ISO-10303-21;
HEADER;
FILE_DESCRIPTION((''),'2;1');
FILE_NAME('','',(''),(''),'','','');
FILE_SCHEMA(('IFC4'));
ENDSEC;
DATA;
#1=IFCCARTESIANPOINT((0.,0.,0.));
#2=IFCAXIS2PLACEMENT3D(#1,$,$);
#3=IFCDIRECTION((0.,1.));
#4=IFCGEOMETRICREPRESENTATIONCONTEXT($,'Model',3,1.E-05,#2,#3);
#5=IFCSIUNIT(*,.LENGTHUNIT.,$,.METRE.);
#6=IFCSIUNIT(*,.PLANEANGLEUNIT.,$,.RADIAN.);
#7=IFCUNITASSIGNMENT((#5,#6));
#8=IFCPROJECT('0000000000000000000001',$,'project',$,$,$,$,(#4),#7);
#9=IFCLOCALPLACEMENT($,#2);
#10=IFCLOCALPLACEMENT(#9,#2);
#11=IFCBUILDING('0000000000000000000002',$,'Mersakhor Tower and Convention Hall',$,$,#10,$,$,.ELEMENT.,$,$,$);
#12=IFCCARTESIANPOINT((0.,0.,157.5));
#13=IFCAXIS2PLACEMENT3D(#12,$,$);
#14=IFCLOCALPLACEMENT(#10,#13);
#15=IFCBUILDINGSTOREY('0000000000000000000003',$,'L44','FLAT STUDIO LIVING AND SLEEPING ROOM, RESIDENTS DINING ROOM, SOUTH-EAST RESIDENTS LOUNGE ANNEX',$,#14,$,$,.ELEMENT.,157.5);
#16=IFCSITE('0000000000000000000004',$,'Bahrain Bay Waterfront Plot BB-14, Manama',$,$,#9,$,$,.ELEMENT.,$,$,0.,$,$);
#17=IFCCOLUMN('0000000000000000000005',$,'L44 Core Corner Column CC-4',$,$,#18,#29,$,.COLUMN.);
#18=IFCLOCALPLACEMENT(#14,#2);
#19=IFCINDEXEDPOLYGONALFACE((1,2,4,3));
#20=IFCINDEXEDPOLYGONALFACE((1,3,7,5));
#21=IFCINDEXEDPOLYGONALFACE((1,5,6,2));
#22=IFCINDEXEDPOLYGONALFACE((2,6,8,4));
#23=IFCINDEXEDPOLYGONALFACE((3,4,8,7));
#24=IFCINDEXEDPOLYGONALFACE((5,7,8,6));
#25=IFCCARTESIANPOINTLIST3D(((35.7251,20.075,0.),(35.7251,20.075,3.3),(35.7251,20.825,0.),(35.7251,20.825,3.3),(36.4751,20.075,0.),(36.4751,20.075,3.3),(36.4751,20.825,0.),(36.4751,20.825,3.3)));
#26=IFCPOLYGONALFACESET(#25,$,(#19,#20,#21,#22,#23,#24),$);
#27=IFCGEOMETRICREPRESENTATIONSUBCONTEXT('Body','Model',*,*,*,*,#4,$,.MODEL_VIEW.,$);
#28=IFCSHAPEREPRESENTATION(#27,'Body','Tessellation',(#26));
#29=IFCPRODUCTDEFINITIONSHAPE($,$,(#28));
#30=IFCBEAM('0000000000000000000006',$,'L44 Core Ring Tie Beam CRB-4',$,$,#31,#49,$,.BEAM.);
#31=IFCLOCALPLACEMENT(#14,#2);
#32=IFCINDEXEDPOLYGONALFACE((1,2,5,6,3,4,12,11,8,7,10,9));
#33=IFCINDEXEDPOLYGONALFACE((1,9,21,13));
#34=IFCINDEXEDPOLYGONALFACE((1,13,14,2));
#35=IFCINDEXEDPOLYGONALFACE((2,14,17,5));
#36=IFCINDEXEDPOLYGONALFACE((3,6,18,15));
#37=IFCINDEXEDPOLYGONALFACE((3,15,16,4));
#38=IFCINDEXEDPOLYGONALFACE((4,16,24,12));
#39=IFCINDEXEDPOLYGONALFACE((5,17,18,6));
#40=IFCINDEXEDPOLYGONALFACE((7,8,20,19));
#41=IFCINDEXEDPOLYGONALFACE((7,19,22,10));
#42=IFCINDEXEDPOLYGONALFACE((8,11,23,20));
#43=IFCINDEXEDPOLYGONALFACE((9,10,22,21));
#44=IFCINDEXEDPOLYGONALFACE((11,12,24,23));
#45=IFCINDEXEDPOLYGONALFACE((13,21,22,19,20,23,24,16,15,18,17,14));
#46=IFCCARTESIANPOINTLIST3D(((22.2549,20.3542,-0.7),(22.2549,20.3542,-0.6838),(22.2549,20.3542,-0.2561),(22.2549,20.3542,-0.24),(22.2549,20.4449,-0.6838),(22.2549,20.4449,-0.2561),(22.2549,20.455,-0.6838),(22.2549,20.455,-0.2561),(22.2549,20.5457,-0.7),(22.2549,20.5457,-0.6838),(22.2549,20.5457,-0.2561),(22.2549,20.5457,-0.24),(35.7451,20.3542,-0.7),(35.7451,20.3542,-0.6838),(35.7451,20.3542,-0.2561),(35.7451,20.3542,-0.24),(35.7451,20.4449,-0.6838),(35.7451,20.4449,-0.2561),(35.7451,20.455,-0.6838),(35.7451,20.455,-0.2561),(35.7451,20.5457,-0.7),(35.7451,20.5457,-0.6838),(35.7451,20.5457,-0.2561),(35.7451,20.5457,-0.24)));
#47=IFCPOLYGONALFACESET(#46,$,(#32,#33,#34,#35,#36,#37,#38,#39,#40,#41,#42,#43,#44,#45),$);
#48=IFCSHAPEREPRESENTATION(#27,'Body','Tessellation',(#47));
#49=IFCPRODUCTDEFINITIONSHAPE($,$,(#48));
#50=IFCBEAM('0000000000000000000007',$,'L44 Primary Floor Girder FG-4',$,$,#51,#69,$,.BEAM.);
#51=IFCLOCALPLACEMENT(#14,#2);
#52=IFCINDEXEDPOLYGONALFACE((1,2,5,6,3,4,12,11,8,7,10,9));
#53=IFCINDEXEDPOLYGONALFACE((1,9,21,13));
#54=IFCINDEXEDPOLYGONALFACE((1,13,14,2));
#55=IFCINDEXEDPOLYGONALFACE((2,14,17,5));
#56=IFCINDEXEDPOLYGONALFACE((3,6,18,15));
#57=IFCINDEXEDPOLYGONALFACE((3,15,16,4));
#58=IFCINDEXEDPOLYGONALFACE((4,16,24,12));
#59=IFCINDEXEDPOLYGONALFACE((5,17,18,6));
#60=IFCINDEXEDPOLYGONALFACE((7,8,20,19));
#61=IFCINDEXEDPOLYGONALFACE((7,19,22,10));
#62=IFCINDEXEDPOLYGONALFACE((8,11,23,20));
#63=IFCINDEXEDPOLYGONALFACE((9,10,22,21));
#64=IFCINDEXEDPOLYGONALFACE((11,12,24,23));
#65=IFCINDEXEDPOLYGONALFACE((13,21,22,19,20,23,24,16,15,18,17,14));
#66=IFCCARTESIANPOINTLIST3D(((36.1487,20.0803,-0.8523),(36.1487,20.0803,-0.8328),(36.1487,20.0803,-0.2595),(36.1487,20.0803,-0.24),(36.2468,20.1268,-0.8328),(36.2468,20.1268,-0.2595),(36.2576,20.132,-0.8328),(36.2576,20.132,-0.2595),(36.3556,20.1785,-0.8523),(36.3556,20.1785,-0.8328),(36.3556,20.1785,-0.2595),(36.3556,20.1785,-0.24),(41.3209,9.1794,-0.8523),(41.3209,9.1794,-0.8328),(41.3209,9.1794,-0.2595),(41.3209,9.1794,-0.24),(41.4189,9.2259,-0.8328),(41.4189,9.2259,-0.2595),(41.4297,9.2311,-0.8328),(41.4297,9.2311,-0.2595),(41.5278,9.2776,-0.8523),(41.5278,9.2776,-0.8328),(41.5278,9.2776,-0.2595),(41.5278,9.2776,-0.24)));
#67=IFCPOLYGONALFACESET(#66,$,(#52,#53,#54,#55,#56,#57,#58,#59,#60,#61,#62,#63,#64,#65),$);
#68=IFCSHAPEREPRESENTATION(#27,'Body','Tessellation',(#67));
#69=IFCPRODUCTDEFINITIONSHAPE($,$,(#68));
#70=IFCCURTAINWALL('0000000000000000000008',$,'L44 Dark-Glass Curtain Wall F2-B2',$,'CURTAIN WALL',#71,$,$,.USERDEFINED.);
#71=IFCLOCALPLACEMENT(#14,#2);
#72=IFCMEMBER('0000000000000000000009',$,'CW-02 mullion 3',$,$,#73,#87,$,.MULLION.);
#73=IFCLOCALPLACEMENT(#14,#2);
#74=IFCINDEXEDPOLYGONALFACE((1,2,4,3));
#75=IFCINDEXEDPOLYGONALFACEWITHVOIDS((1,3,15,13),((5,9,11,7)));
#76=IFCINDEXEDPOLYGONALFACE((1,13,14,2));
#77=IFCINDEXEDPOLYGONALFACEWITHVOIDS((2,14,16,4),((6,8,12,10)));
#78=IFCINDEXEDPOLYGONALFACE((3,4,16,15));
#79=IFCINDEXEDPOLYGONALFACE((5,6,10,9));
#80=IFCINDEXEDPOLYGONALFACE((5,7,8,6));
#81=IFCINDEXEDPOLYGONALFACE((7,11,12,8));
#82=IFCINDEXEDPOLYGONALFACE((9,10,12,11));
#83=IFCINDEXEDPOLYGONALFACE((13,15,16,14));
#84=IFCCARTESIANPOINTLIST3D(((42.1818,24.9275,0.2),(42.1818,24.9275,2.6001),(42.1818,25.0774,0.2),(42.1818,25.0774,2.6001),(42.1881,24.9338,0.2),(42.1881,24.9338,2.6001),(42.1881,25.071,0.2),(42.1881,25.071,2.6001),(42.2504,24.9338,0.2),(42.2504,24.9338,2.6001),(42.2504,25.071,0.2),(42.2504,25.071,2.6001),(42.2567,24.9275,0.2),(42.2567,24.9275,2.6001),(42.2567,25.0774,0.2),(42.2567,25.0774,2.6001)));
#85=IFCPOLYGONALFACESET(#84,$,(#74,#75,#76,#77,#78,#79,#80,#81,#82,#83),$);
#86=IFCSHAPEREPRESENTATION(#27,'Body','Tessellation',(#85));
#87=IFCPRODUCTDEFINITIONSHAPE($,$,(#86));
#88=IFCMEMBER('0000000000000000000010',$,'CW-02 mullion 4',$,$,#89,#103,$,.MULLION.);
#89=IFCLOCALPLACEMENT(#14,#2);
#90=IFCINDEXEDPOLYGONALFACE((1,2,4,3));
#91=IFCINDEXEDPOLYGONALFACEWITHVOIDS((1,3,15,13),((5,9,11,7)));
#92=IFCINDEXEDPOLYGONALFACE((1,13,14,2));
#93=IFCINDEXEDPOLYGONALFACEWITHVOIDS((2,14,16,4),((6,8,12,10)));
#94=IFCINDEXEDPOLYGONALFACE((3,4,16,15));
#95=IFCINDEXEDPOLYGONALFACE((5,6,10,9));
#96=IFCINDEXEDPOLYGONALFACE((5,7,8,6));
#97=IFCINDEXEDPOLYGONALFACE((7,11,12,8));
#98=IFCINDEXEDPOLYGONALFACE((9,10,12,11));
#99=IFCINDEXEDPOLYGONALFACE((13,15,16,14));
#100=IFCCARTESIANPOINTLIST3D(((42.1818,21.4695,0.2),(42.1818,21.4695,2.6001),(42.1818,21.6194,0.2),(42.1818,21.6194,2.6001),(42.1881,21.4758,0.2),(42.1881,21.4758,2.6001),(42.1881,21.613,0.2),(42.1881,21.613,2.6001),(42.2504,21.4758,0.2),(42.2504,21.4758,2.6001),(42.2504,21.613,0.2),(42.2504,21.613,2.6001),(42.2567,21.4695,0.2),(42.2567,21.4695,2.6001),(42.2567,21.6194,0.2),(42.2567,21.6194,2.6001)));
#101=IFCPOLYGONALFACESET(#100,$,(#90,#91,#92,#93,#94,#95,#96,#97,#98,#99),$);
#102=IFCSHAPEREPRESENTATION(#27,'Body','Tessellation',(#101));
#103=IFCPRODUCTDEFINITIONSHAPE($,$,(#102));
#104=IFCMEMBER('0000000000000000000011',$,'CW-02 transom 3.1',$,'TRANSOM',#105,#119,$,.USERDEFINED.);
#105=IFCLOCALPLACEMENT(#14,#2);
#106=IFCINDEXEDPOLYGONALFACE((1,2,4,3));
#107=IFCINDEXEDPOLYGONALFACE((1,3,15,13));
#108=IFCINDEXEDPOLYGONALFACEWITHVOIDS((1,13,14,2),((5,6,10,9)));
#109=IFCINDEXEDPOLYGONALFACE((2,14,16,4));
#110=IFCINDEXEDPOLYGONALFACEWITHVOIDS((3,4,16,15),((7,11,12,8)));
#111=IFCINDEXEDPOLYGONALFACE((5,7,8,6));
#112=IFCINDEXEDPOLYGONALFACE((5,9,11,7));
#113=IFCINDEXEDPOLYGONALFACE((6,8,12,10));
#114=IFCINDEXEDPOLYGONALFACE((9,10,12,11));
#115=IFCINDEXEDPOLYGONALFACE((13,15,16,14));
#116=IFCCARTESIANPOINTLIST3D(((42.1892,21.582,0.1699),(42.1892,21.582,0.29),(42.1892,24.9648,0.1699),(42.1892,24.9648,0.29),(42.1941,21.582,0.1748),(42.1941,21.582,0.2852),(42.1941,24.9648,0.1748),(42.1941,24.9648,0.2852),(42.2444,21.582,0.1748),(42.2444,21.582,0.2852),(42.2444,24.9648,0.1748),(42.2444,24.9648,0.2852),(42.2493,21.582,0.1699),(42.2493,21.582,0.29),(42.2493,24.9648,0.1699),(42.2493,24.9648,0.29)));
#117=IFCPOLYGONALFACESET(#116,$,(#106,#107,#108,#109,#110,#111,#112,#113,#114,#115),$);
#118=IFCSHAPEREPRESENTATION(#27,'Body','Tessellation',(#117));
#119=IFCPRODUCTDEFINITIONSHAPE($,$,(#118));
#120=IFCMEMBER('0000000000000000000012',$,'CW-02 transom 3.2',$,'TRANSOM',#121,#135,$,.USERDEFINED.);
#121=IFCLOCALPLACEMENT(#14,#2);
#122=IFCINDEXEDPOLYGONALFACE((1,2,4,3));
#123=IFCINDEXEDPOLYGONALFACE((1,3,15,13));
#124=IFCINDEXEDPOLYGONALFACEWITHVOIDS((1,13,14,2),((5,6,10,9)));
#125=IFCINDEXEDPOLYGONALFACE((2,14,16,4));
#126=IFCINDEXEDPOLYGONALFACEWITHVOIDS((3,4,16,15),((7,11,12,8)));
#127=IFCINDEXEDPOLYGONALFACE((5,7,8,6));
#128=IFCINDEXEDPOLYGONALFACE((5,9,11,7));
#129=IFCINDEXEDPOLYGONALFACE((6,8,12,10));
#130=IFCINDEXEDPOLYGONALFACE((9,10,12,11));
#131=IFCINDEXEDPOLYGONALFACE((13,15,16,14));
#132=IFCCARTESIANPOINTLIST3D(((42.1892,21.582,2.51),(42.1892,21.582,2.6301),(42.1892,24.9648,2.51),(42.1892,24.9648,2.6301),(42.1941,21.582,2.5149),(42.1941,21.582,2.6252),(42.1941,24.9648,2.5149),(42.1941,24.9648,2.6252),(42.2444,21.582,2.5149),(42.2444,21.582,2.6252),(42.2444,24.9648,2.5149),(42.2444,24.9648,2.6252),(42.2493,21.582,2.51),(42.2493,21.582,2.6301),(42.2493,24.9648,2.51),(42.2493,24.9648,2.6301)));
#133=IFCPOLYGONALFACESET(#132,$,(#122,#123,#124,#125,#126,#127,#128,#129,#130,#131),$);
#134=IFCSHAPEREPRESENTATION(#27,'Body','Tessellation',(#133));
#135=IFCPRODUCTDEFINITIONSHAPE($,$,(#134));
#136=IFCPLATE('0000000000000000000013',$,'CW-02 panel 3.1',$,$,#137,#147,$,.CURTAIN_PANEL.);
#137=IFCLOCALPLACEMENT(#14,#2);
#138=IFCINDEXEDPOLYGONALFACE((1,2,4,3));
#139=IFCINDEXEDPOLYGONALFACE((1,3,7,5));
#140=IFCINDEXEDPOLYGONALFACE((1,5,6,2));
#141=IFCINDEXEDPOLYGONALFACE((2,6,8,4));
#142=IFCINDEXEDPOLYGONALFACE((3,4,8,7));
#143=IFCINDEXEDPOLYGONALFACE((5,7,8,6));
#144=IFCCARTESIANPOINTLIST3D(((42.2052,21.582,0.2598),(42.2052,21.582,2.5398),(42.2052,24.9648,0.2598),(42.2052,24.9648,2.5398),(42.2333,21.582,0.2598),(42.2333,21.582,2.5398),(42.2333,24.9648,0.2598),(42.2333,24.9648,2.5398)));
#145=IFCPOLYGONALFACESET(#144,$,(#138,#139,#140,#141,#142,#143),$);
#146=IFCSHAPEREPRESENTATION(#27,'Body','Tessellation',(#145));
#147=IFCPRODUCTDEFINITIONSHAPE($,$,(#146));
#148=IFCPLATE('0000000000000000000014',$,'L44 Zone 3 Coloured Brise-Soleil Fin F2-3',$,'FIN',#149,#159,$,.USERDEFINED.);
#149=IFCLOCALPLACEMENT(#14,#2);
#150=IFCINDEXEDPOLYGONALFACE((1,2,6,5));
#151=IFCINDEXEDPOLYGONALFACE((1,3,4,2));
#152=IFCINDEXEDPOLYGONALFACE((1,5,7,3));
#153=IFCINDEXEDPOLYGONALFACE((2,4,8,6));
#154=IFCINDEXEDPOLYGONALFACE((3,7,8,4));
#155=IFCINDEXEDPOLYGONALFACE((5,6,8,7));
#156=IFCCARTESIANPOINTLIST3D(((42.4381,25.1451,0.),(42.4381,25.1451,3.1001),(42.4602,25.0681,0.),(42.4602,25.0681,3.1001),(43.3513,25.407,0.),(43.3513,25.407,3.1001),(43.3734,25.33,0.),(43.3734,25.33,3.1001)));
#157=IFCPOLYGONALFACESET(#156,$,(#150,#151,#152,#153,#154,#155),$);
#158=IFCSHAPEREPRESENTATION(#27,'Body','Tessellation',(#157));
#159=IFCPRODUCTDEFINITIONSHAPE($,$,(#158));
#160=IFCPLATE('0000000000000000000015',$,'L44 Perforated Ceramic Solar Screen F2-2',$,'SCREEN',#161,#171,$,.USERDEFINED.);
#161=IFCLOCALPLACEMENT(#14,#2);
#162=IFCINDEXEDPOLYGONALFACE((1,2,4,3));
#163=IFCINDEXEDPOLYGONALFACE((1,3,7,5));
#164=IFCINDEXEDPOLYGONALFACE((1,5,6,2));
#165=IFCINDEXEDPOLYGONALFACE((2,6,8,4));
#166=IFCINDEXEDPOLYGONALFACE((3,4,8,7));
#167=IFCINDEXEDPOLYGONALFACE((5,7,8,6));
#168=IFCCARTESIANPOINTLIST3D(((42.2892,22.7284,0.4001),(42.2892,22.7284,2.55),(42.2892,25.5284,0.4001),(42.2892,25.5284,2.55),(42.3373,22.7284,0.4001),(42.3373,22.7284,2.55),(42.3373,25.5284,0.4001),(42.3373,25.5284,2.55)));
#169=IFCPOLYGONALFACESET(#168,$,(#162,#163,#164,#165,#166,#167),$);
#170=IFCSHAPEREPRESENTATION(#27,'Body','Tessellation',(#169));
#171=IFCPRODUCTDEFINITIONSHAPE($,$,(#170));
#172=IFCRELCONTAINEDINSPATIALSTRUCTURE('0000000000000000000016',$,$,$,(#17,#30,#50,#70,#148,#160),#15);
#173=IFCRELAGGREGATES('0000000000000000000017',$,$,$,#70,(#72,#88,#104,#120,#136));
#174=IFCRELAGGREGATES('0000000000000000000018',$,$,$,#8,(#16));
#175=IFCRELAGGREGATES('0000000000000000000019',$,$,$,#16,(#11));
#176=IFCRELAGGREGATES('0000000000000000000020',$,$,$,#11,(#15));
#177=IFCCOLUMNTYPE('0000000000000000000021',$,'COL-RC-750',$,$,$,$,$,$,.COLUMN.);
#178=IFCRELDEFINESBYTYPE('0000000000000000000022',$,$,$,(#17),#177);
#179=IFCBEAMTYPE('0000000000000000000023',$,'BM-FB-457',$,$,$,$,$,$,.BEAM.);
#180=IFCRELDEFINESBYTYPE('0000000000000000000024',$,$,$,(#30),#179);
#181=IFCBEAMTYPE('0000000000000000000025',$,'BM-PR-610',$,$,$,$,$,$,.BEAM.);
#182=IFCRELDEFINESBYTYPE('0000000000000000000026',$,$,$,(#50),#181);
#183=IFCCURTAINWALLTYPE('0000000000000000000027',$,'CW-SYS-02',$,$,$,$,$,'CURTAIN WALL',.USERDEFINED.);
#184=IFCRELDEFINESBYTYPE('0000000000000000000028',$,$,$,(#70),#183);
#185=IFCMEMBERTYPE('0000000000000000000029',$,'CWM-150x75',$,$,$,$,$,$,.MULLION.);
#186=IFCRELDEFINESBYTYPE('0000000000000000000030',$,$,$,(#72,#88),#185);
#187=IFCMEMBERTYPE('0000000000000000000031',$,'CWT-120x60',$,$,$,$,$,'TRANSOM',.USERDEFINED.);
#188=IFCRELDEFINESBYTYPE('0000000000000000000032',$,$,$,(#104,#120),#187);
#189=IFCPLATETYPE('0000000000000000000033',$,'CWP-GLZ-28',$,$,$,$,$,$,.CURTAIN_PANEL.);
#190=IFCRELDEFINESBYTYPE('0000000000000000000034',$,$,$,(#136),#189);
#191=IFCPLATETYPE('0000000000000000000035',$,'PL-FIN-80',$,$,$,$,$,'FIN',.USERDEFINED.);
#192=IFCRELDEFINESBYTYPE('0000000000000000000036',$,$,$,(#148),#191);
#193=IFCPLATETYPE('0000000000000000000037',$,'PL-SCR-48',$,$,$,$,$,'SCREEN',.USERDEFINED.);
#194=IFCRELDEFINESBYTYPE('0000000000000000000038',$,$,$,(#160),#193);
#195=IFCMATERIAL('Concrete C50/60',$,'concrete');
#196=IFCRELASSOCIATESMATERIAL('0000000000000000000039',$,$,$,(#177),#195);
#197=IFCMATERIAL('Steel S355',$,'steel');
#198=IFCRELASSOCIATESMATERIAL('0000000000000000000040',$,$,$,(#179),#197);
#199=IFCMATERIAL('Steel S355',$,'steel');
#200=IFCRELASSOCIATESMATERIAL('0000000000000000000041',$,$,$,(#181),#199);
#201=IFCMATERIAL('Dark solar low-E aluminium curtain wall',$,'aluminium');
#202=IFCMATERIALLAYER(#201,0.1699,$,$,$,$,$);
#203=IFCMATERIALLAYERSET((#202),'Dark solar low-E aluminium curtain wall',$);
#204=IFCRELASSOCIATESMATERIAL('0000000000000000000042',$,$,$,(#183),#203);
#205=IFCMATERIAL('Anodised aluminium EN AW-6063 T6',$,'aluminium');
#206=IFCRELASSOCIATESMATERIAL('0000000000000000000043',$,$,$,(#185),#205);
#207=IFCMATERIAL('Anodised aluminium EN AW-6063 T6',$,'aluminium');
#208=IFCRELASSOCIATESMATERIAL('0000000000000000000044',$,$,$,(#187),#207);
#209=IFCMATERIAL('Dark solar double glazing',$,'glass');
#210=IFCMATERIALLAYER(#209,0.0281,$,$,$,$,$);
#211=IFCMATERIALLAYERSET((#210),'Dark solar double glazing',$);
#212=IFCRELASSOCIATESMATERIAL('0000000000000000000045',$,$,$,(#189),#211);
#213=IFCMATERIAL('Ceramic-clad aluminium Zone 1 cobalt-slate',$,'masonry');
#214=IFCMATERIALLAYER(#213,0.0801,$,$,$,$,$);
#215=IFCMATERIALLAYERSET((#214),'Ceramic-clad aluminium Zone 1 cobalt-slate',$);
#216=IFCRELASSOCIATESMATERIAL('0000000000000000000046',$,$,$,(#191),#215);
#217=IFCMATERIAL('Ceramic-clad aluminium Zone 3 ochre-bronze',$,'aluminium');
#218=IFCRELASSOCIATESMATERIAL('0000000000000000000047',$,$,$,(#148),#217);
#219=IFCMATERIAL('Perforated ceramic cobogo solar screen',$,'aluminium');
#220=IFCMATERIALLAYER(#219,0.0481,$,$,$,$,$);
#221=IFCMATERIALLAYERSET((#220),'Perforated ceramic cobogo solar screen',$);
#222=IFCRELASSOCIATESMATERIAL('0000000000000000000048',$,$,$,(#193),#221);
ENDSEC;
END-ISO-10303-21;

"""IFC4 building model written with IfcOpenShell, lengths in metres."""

from ifc_helpers import new_model, si_unit, direction, frame, origin, origin_2d, place, context, subcontext, project, spatial, rectangle, hollow_rectangle, i_section, extrude, material, layer, layer_set, material_profile, profile_set, type_object, element, aggregate, save


model = new_model("IFC4")

# Units and contexts
model_context = context("Model", 3, precision=1e-05, world=origin(), true_north=direction((0.0, 1.0)))
body_context = subcontext(model_context, "Body", "Model", "MODEL_VIEW")
ifc_project = project(units=[si_unit("LENGTHUNIT", "METRE"), si_unit("PLANEANGLEUNIT", "RADIAN")], contexts=[model_context])

# Site, building, storey
site_placement = place(None, origin())
site = spatial("IfcSite", under=ifc_project, at=site_placement, Name="Bahrain Bay Waterfront Plot BB-14, Manama", CompositionType="ELEMENT", RefElevation=0.0)
building_placement = place(site_placement, origin())
building = spatial("IfcBuilding", under=site, at=building_placement, Name="Mersakhor Tower and Convention Hall", CompositionType="ELEMENT")
storey_placement = place(building_placement, frame((0.0, 0.0, 157.5)))
storey = spatial("IfcBuildingStorey", under=building, at=storey_placement, Name="L44", Description="FLAT STUDIO LIVING AND SLEEPING ROOM, RESIDENTS DINING ROOM, SOUTH-EAST RESIDENTS LOUNGE ANNEX", CompositionType="ELEMENT", Elevation=157.5)

# Column
ifc_material_1 = material(Name="Concrete C50/60", Category="concrete")
ifc_material_profile_1 = material_profile(ifc_material_1, rectangle(XDim=0.75, YDim=0.75, at=origin_2d()), Name="RC 750x750")
ifc_profile_set_1 = profile_set([ifc_material_profile_1], Name="Concrete C50/60")
column_type = type_object("IfcColumnType", Name="COL-RC-750", PredefinedType="COLUMN", material=ifc_profile_set_1)
column_placement = place(storey_placement, frame((36.1001, 20.45, 0.0), z_axis=(0.0, 0.0, 1.0), x_axis=(1.0, 0.0, 0.0)))
element("IfcColumn", 1, at=column_placement, inside=storey, type_object=column_type, Name="L44 Core Corner Column CC-4", PredefinedType="COLUMN", context=body_context, shape_type="SweptSolid", body=[
    extrude(rectangle(XDim=0.75, YDim=0.75, at=origin_2d()), origin(), (0.0, 0.0, 1.0), 3.3),
])

# Beams
ifc_material_2 = material(Name="Steel S355", Category="steel")
ifc_material_profile_2 = material_profile(ifc_material_2, i_section(OverallWidth=0.1914, OverallDepth=0.46, WebThickness=0.01, FlangeThickness=0.0161, at=origin_2d()), Name="UB 457x191x82")
ifc_profile_set_2 = profile_set([ifc_material_profile_2], Name="Steel S355")
beam_type_1 = type_object("IfcBeamType", Name="BM-FB-457", PredefinedType="BEAM", material=ifc_profile_set_2)
beam_1_placement = place(storey_placement, frame((35.7451, 20.45, -0.47), z_axis=(-1.0, 0.0, 0.0), x_axis=(0.0, -1.0, 0.0)))
element("IfcBeam", 2, at=beam_1_placement, inside=storey, type_object=beam_type_1, Name="L44 Core Ring Tie Beam CRB-4", PredefinedType="BEAM", context=body_context, shape_type="SweptSolid", body=[
    extrude(i_section(OverallWidth=0.1914, OverallDepth=0.46, WebThickness=0.01, FlangeThickness=0.0161, at=origin_2d()), origin(), (0.0, 0.0, 1.0), 13.4902),
])
ifc_material_3 = material(Name="Steel S355", Category="steel")
ifc_material_profile_3 = material_profile(ifc_material_3, i_section(OverallWidth=0.229, OverallDepth=0.6123, WebThickness=0.012, FlangeThickness=0.0195, at=origin_2d()), Name="UB 610x229x125")
ifc_profile_set_3 = profile_set([ifc_material_profile_3], Name="Steel S355")
beam_type_2 = type_object("IfcBeamType", Name="BM-PR-610", PredefinedType="BEAM", material=ifc_profile_set_3)
beam_2_placement = place(storey_placement, frame((36.2522, 20.1294, -0.5461), z_axis=(0.428665, -0.903464, 0.0), x_axis=(0.903464, 0.428665, 0.0)))
element("IfcBeam", 3, at=beam_2_placement, inside=storey, type_object=beam_type_2, Name="L44 Primary Floor Girder FG-4", PredefinedType="BEAM", context=body_context, shape_type="SweptSolid", body=[
    extrude(i_section(OverallWidth=0.229, OverallDepth=0.6123, WebThickness=0.012, FlangeThickness=0.0195, at=origin_2d()), origin(), (0.0, 0.0, 1.0), 12.0657),
])

# Curtain wall, members, plate
ifc_material_4 = material(Name="Dark solar low-E aluminium curtain wall", Category="aluminium")
ifc_layer_1 = layer(ifc_material_4, 0.1699)
ifc_layer_set_1 = layer_set([ifc_layer_1], Name="Dark solar low-E aluminium curtain wall")
curtain_wall_type = type_object("IfcCurtainWallType", Name="CW-SYS-02", ElementType="CURTAIN WALL", PredefinedType="USERDEFINED", material=ifc_layer_set_1)
curtain_wall_placement = place(storey_placement, origin())
curtain_wall = element("IfcCurtainWall", 4, at=curtain_wall_placement, inside=storey, type_object=curtain_wall_type, Name="L44 Dark-Glass Curtain Wall F2-B2", ObjectType="CURTAIN WALL", PredefinedType="USERDEFINED")
ifc_material_5 = material(Name="Anodised aluminium EN AW-6063 T6", Category="aluminium")
ifc_material_profile_4 = material_profile(ifc_material_5, hollow_rectangle(XDim=0.075, YDim=0.1499, WallThickness=0.0063, at=origin_2d()), Name="RHS 150x75x6.3")
ifc_profile_set_4 = profile_set([ifc_material_profile_4], Name="Anodised aluminium EN AW-6063 T6")
member_type_1 = type_object("IfcMemberType", Name="CWM-150x75", PredefinedType="MULLION", material=ifc_profile_set_4)
member_1_placement = place(storey_placement, frame((42.2192, 25.0024, 0.2), z_axis=(0.0, 0.0, 1.0), x_axis=(1.0, 0.0, 0.0)))
member_1 = element("IfcMember", 5, at=member_1_placement, type_object=member_type_1, Name="CW-02 mullion 3", PredefinedType="MULLION", context=body_context, shape_type="SweptSolid", body=[
    extrude(hollow_rectangle(XDim=0.075, YDim=0.1499, WallThickness=0.0063, at=origin_2d()), origin(), (0.0, 0.0, 1.0), 2.4001),
])
member_2_placement = place(storey_placement, frame((42.2192, 21.5444, 0.2), z_axis=(0.0, 0.0, 1.0), x_axis=(1.0, 0.0, 0.0)))
member_2 = element("IfcMember", 6, at=member_2_placement, type_object=member_type_1, Name="CW-02 mullion 4", PredefinedType="MULLION", context=body_context, shape_type="SweptSolid", body=[
    extrude(hollow_rectangle(XDim=0.075, YDim=0.1499, WallThickness=0.0063, at=origin_2d()), origin(), (0.0, 0.0, 1.0), 2.4001),
])
ifc_material_6 = material(Name="Anodised aluminium EN AW-6063 T6", Category="aluminium")
ifc_material_profile_5 = material_profile(ifc_material_6, hollow_rectangle(XDim=0.0601, YDim=0.1201, WallThickness=0.0049, at=origin_2d()), Name="RHS 120x60x5")
ifc_profile_set_5 = profile_set([ifc_material_profile_5], Name="Anodised aluminium EN AW-6063 T6")
member_type_2 = type_object("IfcMemberType", Name="CWT-120x60", ElementType="TRANSOM", PredefinedType="USERDEFINED", material=ifc_profile_set_5)
member_3_placement = place(storey_placement, frame((42.2192, 24.9648, 0.23), z_axis=(0.0, -1.0, 0.0), x_axis=(1.0, 0.0, 0.0)))
member_3 = element("IfcMember", 7, at=member_3_placement, type_object=member_type_2, Name="CW-02 transom 3.1", ObjectType="TRANSOM", PredefinedType="USERDEFINED", context=body_context, shape_type="SweptSolid", body=[
    extrude(hollow_rectangle(XDim=0.0601, YDim=0.1201, WallThickness=0.0049, at=origin_2d()), origin(), (0.0, 0.0, 1.0), 3.3828),
])
member_4_placement = place(storey_placement, frame((42.2192, 24.9648, 2.5701), z_axis=(0.0, -1.0, 0.0), x_axis=(1.0, 0.0, 0.0)))
member_4 = element("IfcMember", 8, at=member_4_placement, type_object=member_type_2, Name="CW-02 transom 3.2", ObjectType="TRANSOM", PredefinedType="USERDEFINED", context=body_context, shape_type="SweptSolid", body=[
    extrude(hollow_rectangle(XDim=0.0601, YDim=0.1201, WallThickness=0.0049, at=origin_2d()), origin(), (0.0, 0.0, 1.0), 3.3828),
])
ifc_material_7 = material(Name="Dark solar double glazing", Category="glass")
ifc_layer_2 = layer(ifc_material_7, 0.0281)
ifc_layer_set_2 = layer_set([ifc_layer_2], Name="Dark solar double glazing")
plate_type_1 = type_object("IfcPlateType", Name="CWP-GLZ-28", PredefinedType="CURTAIN_PANEL", material=ifc_layer_set_2)
plate_1_placement = place(storey_placement, frame((42.2192, 23.2734, 0.2598), z_axis=(0.0, 0.0, 1.0), x_axis=(0.0, -1.0, 0.0)))
plate_1 = element("IfcPlate", 9, at=plate_1_placement, type_object=plate_type_1, Name="CW-02 panel 3.1", PredefinedType="CURTAIN_PANEL", context=body_context, shape_type="SweptSolid", body=[
    extrude(rectangle(XDim=3.3828, YDim=0.0281, at=origin_2d()), origin(), (0.0, 0.0, 1.0), 2.28),
])
aggregate(curtain_wall, [member_1, member_2, member_3, member_4, plate_1])

# Plates
ifc_material_8 = material(Name="Ceramic-clad aluminium Zone 3 ochre-bronze", Category="aluminium")
ifc_material_9 = material(Name="Ceramic-clad aluminium Zone 1 cobalt-slate", Category="masonry")
ifc_layer_3 = layer(ifc_material_9, 0.0801)
ifc_layer_set_3 = layer_set([ifc_layer_3], Name="Ceramic-clad aluminium Zone 1 cobalt-slate")
plate_type_2 = type_object("IfcPlateType", Name="PL-FIN-80", ElementType="FIN", PredefinedType="USERDEFINED", material=ifc_layer_set_3)
plate_2_placement = place(storey_placement, frame((42.9058, 25.2375, 0.0), z_axis=(0.0, 0.0, 1.0), x_axis=(0.961262, 0.275637, 0.0)))
element("IfcPlate", 10, at=plate_2_placement, inside=storey, type_object=plate_type_2, material=ifc_material_8, Name="L44 Zone 3 Coloured Brise-Soleil Fin F2-3", ObjectType="FIN", PredefinedType="USERDEFINED", context=body_context, shape_type="SweptSolid", body=[
    extrude(rectangle(XDim=0.95, YDim=0.0801, at=origin_2d()), origin(), (0.0, 0.0, 1.0), 3.1001),
])
ifc_material_10 = material(Name="Perforated ceramic cobogo solar screen", Category="aluminium")
ifc_layer_4 = layer(ifc_material_10, 0.0481)
ifc_layer_set_4 = layer_set([ifc_layer_4], Name="Perforated ceramic cobogo solar screen")
plate_type_3 = type_object("IfcPlateType", Name="PL-SCR-48", ElementType="SCREEN", PredefinedType="USERDEFINED", material=ifc_layer_set_4)
plate_3_placement = place(storey_placement, frame((42.3132, 24.1284, 0.4001), z_axis=(0.0, 0.0, 1.0), x_axis=(0.0, -1.0, 0.0)))
element("IfcPlate", 11, at=plate_3_placement, inside=storey, type_object=plate_type_3, Name="L44 Perforated Ceramic Solar Screen F2-2", ObjectType="SCREEN", PredefinedType="USERDEFINED", context=body_context, shape_type="SweptSolid", body=[
    extrude(rectangle(XDim=2.8, YDim=0.0481, at=origin_2d()), origin(), (0.0, 0.0, 1.0), 2.1499),
])

save(model, "model.ifc")
